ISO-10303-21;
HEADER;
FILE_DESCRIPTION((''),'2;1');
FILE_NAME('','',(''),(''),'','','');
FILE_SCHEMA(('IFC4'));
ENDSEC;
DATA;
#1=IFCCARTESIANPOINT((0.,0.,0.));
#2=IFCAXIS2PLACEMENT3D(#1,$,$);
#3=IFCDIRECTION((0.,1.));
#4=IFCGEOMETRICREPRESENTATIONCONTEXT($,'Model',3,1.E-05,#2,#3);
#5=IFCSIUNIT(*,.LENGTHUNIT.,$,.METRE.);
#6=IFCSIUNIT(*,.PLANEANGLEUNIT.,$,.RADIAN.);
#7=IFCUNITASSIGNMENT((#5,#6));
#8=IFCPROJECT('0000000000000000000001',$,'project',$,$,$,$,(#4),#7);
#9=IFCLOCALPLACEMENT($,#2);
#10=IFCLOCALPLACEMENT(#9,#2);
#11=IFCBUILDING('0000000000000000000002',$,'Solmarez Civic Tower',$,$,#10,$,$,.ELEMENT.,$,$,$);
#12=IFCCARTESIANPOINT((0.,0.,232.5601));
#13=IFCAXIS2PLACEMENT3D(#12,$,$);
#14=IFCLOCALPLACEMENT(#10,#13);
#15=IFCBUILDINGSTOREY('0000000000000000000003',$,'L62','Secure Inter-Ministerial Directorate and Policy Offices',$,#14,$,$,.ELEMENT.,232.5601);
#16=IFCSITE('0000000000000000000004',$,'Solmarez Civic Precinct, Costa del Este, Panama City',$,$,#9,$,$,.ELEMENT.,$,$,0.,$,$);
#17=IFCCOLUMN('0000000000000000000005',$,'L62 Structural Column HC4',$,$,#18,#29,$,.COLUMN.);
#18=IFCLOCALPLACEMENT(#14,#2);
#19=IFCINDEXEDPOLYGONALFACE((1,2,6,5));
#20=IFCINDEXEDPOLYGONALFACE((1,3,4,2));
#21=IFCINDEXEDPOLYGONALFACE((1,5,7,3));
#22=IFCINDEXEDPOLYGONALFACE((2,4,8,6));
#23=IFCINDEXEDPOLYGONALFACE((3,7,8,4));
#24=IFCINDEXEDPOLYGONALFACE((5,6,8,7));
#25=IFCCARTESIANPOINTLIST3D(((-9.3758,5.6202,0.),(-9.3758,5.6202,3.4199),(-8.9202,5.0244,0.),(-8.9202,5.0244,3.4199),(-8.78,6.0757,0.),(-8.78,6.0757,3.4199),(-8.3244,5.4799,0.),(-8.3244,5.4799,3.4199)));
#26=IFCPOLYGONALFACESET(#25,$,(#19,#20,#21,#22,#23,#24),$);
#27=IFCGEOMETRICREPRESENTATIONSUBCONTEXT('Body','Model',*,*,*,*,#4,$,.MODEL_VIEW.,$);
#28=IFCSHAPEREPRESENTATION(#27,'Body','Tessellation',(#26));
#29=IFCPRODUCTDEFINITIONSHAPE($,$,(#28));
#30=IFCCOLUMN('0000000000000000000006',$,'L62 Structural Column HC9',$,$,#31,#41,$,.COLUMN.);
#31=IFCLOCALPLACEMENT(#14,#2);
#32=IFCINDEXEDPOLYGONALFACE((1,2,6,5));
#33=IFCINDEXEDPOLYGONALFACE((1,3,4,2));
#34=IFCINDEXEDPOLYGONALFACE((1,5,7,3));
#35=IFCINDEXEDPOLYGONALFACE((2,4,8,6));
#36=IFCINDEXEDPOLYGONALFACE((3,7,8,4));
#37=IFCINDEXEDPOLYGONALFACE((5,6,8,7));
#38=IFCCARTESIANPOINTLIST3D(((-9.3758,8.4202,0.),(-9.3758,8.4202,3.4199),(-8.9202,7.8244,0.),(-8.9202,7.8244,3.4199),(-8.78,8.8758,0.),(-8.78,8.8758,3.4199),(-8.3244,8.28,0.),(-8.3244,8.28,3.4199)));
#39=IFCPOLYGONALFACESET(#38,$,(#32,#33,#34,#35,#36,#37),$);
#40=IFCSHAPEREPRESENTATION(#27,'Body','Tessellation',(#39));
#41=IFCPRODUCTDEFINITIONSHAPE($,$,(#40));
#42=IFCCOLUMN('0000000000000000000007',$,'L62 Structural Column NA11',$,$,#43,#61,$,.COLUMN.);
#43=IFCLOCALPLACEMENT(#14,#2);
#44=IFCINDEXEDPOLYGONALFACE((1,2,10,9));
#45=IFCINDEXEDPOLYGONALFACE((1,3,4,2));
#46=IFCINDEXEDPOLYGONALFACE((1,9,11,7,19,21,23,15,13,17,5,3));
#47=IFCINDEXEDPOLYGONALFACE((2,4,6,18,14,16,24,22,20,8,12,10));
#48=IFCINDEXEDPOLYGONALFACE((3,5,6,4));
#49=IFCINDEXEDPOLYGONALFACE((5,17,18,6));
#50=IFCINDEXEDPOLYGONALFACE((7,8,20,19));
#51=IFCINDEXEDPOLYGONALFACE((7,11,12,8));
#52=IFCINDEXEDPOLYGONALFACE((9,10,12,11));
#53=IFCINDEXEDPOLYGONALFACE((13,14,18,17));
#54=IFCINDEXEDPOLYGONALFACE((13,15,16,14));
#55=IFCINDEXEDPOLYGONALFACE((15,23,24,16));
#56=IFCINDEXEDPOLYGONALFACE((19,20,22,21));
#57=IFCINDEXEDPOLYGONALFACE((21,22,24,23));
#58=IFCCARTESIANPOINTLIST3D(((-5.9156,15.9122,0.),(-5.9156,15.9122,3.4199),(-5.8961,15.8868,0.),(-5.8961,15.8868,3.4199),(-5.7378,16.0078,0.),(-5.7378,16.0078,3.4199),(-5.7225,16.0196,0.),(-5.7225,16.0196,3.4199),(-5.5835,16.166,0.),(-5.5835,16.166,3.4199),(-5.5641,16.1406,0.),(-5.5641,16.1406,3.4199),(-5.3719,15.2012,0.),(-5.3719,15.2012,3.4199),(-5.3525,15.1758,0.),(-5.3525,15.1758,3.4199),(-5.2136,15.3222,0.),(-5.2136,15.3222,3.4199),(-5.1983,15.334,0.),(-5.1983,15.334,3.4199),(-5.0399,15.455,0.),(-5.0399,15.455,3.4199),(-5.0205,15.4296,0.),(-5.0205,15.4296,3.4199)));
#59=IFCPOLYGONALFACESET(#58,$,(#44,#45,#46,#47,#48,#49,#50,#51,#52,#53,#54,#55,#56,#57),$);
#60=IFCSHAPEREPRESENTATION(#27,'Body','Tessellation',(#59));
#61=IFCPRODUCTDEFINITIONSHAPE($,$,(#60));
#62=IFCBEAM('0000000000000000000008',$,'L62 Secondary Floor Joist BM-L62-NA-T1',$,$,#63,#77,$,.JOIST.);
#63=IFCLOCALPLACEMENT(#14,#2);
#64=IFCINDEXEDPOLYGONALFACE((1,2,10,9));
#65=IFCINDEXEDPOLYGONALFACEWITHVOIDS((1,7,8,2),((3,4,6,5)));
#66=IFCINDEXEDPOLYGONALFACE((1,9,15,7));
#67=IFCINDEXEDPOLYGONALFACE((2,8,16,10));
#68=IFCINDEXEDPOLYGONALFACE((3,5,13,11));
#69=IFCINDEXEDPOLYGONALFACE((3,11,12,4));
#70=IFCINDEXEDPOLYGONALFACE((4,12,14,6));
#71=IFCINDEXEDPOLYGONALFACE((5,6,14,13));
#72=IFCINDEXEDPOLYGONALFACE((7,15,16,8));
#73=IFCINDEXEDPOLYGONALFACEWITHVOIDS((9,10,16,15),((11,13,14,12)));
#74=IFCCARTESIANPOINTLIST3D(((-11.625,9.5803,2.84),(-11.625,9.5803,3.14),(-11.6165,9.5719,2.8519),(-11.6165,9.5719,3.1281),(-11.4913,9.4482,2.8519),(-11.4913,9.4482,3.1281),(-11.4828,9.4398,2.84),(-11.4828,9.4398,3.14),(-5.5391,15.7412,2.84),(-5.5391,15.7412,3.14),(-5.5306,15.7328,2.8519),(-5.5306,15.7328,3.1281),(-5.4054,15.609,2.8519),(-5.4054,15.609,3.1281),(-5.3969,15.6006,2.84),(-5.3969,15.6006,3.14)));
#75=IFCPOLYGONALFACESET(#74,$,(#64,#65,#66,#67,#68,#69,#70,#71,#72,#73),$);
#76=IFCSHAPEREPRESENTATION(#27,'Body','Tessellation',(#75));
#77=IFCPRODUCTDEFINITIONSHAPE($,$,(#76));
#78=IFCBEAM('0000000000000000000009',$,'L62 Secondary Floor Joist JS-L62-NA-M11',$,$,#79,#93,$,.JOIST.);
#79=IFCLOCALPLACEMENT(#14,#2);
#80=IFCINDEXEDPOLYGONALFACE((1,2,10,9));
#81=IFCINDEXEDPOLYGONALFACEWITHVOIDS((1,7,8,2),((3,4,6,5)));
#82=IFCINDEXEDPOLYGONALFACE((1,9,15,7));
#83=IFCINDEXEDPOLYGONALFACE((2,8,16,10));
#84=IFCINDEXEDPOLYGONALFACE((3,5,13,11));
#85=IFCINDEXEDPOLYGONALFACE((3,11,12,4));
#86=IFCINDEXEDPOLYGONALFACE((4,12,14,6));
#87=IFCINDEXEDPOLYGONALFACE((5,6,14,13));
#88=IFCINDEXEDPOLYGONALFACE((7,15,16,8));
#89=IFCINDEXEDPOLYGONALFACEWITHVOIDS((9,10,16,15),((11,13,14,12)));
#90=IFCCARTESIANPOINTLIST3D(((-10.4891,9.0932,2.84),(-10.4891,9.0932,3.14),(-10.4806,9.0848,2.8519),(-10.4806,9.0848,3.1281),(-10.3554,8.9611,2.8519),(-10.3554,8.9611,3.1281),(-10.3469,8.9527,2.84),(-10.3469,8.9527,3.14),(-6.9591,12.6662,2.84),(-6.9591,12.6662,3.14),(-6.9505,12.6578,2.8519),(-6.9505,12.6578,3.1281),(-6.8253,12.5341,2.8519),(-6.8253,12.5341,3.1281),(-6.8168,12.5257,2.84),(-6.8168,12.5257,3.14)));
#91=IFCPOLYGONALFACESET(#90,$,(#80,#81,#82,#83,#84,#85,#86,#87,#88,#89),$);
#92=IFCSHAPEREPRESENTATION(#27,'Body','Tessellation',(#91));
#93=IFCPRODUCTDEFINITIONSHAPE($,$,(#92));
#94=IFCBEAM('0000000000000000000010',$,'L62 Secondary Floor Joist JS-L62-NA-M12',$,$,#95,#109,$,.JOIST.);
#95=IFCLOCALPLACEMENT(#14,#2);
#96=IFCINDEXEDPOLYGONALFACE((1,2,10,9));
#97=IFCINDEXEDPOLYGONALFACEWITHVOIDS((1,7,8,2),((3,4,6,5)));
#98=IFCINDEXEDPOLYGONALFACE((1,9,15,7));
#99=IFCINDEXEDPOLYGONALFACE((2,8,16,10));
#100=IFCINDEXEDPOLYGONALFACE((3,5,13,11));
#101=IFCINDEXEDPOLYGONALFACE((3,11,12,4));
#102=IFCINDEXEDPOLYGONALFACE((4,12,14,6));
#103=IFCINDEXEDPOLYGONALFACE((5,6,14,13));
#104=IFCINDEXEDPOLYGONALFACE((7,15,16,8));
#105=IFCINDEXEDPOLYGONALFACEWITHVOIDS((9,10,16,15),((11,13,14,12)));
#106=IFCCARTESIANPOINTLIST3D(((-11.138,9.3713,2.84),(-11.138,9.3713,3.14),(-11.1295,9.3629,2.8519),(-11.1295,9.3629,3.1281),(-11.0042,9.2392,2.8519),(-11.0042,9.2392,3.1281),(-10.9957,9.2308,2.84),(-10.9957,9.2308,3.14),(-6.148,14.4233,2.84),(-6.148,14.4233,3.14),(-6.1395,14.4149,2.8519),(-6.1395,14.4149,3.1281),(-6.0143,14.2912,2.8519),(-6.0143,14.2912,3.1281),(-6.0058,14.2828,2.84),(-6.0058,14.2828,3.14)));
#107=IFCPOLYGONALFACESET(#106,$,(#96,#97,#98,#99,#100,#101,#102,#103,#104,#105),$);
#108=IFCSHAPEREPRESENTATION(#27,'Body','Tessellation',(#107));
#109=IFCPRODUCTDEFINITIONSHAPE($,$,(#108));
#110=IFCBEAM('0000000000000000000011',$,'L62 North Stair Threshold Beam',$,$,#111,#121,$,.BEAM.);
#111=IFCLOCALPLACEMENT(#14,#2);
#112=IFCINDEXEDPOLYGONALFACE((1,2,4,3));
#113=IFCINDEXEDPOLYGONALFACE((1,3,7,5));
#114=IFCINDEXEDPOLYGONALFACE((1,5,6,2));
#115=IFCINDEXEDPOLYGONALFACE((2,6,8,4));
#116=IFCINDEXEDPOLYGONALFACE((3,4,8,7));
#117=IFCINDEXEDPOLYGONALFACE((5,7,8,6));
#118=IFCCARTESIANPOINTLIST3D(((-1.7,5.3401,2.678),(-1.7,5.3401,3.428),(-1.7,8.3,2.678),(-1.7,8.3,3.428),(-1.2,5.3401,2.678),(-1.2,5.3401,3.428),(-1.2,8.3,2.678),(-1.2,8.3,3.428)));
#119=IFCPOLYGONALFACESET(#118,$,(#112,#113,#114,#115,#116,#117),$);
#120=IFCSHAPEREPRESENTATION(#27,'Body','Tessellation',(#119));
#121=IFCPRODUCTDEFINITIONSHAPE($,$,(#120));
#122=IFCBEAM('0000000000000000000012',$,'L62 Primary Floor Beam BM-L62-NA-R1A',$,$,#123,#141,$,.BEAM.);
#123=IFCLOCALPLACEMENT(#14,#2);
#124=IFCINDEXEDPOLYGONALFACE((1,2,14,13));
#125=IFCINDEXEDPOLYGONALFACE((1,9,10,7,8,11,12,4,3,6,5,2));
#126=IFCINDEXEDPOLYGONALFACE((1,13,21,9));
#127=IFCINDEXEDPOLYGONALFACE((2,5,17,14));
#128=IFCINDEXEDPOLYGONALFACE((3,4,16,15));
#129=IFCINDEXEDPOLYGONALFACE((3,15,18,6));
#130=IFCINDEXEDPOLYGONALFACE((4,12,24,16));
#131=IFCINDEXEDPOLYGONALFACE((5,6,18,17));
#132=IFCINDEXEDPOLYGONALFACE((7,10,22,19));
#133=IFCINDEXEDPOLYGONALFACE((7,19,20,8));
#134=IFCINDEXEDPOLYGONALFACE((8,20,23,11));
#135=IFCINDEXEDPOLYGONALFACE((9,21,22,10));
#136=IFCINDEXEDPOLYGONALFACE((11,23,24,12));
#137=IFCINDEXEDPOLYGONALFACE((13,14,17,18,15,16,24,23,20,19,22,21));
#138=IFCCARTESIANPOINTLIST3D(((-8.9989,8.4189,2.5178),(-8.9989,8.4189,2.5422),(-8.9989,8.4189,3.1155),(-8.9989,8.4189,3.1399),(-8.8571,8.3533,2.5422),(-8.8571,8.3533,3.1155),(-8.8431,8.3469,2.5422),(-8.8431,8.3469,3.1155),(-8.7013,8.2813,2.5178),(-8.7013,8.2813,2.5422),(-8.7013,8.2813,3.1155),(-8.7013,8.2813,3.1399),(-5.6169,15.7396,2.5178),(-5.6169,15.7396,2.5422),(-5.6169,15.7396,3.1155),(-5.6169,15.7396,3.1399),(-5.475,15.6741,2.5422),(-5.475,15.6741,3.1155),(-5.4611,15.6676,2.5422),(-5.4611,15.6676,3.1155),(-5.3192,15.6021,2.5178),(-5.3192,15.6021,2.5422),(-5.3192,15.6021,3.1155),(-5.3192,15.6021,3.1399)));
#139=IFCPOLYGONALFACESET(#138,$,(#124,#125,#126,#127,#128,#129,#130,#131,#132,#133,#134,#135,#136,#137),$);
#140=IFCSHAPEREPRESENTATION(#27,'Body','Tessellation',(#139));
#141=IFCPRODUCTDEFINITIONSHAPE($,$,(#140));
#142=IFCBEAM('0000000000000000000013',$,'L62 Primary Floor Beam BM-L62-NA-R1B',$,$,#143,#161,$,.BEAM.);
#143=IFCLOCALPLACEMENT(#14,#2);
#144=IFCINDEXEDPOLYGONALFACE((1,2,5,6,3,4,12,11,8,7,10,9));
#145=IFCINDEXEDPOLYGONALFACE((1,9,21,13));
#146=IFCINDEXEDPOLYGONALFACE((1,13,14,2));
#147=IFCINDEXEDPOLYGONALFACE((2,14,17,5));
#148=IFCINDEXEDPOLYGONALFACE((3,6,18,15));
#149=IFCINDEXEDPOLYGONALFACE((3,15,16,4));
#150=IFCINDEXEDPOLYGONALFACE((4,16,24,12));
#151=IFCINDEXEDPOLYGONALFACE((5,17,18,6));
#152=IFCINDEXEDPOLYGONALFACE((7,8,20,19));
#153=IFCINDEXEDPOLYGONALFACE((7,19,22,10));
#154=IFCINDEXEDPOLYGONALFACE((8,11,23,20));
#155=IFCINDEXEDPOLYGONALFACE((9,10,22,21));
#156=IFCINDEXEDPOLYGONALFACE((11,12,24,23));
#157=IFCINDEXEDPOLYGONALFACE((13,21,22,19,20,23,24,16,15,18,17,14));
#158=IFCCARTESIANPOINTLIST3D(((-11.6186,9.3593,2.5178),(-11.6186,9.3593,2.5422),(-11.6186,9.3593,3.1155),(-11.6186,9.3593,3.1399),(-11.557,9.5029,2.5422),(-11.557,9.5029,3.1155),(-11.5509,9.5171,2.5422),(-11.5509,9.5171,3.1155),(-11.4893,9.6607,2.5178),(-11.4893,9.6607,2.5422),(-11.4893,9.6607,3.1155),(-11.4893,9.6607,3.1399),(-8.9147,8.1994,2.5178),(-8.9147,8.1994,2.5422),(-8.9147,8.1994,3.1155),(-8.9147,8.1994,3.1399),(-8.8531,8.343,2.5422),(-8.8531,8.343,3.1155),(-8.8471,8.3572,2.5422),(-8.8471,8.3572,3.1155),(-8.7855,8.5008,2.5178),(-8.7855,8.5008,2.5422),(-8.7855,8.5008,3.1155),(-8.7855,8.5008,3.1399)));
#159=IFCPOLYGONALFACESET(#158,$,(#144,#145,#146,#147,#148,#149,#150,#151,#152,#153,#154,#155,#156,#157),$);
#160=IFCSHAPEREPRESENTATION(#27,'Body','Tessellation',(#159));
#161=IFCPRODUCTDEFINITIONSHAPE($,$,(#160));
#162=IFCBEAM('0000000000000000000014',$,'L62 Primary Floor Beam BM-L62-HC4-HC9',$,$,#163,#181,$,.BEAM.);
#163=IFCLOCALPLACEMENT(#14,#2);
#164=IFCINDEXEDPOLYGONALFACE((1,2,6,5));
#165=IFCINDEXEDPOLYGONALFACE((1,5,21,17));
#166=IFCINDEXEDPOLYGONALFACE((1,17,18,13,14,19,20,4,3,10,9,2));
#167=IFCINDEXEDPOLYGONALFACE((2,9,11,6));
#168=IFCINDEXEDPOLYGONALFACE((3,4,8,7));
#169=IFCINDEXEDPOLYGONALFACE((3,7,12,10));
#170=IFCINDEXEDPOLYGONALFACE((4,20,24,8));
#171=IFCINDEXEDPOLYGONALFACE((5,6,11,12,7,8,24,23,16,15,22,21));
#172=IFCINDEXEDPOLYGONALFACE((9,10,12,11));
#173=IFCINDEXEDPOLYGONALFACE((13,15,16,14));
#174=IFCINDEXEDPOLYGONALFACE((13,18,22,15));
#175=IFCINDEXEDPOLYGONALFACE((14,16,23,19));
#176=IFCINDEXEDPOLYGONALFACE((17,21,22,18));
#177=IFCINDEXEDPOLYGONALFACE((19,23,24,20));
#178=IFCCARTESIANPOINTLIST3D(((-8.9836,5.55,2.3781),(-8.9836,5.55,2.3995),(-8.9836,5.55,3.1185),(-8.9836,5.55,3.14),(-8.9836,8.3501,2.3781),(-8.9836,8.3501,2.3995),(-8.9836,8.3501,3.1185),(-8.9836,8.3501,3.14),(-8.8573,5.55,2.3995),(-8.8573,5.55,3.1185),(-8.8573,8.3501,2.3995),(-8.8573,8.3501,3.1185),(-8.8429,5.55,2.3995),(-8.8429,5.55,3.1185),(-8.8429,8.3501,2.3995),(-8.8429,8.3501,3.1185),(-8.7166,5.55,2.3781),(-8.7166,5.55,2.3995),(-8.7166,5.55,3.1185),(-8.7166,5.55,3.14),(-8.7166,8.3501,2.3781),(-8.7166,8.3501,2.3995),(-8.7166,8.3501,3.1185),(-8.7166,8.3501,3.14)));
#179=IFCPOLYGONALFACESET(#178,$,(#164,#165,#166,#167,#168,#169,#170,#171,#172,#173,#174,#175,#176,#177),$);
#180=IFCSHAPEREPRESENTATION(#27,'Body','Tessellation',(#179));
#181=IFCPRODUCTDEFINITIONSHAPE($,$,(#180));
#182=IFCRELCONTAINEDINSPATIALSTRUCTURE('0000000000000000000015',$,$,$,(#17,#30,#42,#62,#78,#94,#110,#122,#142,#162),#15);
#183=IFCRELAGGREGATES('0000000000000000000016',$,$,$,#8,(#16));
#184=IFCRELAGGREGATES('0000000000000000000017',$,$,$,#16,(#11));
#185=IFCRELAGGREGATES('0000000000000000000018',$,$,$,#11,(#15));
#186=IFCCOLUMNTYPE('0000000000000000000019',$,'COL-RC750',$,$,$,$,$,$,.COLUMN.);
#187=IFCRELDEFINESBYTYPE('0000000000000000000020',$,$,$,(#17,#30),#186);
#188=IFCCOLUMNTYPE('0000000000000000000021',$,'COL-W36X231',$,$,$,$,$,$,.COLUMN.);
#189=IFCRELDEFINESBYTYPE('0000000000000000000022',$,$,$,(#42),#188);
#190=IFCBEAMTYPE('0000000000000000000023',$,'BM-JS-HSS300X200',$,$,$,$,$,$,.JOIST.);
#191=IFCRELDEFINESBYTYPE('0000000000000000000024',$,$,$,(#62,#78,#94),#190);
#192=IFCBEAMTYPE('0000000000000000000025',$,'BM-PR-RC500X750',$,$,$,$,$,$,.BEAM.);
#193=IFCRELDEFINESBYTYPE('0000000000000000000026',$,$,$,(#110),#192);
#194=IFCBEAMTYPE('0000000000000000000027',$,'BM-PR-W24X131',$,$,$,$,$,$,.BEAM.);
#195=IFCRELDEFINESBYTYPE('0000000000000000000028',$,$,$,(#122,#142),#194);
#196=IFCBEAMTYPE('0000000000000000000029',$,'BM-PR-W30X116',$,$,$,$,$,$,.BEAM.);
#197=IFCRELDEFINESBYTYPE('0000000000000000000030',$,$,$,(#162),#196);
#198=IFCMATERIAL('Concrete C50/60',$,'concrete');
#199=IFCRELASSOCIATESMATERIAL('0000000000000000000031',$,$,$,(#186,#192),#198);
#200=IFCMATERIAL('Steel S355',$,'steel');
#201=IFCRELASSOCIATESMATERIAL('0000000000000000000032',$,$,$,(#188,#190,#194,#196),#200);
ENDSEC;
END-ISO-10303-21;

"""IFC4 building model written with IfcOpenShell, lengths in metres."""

from ifc_helpers import new_model, si_unit, direction, frame, origin, origin_2d, place, context, subcontext, project, spatial, rectangle, hollow_rectangle, i_section, extrude, material, material_profile, profile_set, type_object, element, save


model = new_model("IFC4")

# Units and contexts
model_context = context("Model", 3, precision=1e-05, world=origin(), true_north=direction((0.0, 1.0)))
body_context = subcontext(model_context, "Body", "Model", "MODEL_VIEW")
ifc_project = project(units=[si_unit("LENGTHUNIT", "METRE"), si_unit("PLANEANGLEUNIT", "RADIAN")], contexts=[model_context])

# Site, building, storey
site_placement = place(None, origin())
site = spatial("IfcSite", under=ifc_project, at=site_placement, Name="Solmarez Civic Precinct, Costa del Este, Panama City", CompositionType="ELEMENT", RefElevation=0.0)
building_placement = place(site_placement, origin())
building = spatial("IfcBuilding", under=site, at=building_placement, Name="Solmarez Civic Tower", CompositionType="ELEMENT")
storey_placement = place(building_placement, frame((0.0, 0.0, 232.5601)))
storey = spatial("IfcBuildingStorey", under=building, at=storey_placement, Name="L62", Description="Secure Inter-Ministerial Directorate and Policy Offices", CompositionType="ELEMENT", Elevation=232.5601)

# Columns
ifc_material_1 = material(Name="Concrete C50/60", Category="concrete")
ifc_material_profile_1 = material_profile(ifc_material_1, rectangle(XDim=0.75, YDim=0.75, at=origin_2d()), Name="RC750X750")
ifc_profile_set_1 = profile_set([ifc_material_profile_1], Name="Concrete C50/60")
column_type_1 = type_object("IfcColumnType", Name="COL-RC750", PredefinedType="COLUMN", material=ifc_profile_set_1)
for number, where, z_axis, x_axis, name in (
    (1, (-8.8501, 5.55, 0.0), (0.0, 0.0, 1.0), (0.794415, 0.607376, 0.0), "L62 Structural Column HC4"),
    (2, (-8.8501, 8.3501, 0.0), (0.0, 0.0, 1.0), (0.794415, 0.607376, 0.0), "L62 Structural Column HC9"),
):
    element("IfcColumn", number, at=place(storey_placement, frame(where, z_axis=z_axis, x_axis=x_axis)), inside=storey, type_object=column_type_1, Name=name, PredefinedType="COLUMN", context=body_context, shape_type="SweptSolid", body=[
        extrude(rectangle(XDim=0.75, YDim=0.75, at=origin_2d()), origin(), (0.0, 0.0, 1.0), 3.4199),
    ])
ifc_material_2 = material(Name="Steel S355", Category="steel")
ifc_material_profile_2 = material_profile(ifc_material_2, i_section(OverallWidth=0.418, OverallDepth=0.927, WebThickness=0.0193, FlangeThickness=0.032, at=origin_2d()), Name="W36X231")
ifc_profile_set_2 = profile_set([ifc_material_profile_2], Name="Steel S355")
column_type_2 = type_object("IfcColumnType", Name="COL-W36X231", PredefinedType="COLUMN", material=ifc_profile_set_2)
column_placement = place(storey_placement, frame((-5.468, 15.6709, 0.0), z_axis=(0.0, 0.0, 1.0), x_axis=(0.794415, 0.607376, 0.0)))
element("IfcColumn", 3, at=column_placement, inside=storey, type_object=column_type_2, Name="L62 Structural Column NA11", PredefinedType="COLUMN", context=body_context, shape_type="SweptSolid", body=[
    extrude(i_section(OverallWidth=0.418, OverallDepth=0.927, WebThickness=0.0193, FlangeThickness=0.032, at=origin_2d()), origin(), (0.0, 0.0, 1.0), 3.4199),
])

# Beams
ifc_material_profile_3 = material_profile(ifc_material_2, hollow_rectangle(XDim=0.2, YDim=0.3, WallThickness=0.012, at=origin_2d()), Name="HSS300X200X12")
ifc_profile_set_3 = profile_set([ifc_material_profile_3], Name="Steel S355")
beam_type_1 = type_object("IfcBeamType", Name="BM-JS-HSS300X200", PredefinedType="JOIST", material=ifc_profile_set_3)
beam_1_placement = place(storey_placement, frame((-5.468, 15.6709, 2.99), z_axis=(-0.702766, -0.711421, 0.0), x_axis=(0.711421, -0.702766, 0.0)))
element("IfcBeam", 4, at=beam_1_placement, inside=storey, type_object=beam_type_1, Name="L62 Secondary Floor Joist BM-L62-NA-T1", PredefinedType="JOIST", context=body_context, shape_type="SweptSolid", body=[
    extrude(hollow_rectangle(XDim=0.2, YDim=0.3, WallThickness=0.012, at=origin_2d()), origin(), (0.0, 0.0, 1.0), 8.6599),
])
beam_2_placement = place(storey_placement, frame((-6.8879, 12.5959, 2.99), z_axis=(-0.702816, -0.711371, 0.0), x_axis=(0.711371, -0.702816, 0.0)))
element("IfcBeam", 5, at=beam_2_placement, inside=storey, type_object=beam_type_1, Name="L62 Secondary Floor Joist JS-L62-NA-M11", PredefinedType="JOIST", context=body_context, shape_type="SweptSolid", body=[
    extrude(hollow_rectangle(XDim=0.2, YDim=0.3, WallThickness=0.012, at=origin_2d()), origin(), (0.0, 0.0, 1.0), 5.0227),
])
beam_3_placement = place(storey_placement, frame((-6.0769, 14.353, 2.99), z_axis=(-0.702727, -0.71146, 0.0), x_axis=(0.71146, -0.702727, 0.0)))
element("IfcBeam", 6, at=beam_3_placement, inside=storey, type_object=beam_type_1, Name="L62 Secondary Floor Joist JS-L62-NA-M12", PredefinedType="JOIST", context=body_context, shape_type="SweptSolid", body=[
    extrude(hollow_rectangle(XDim=0.2, YDim=0.3, WallThickness=0.012, at=origin_2d()), origin(), (0.0, 0.0, 1.0), 7.1008),
])
ifc_material_profile_4 = material_profile(ifc_material_1, rectangle(XDim=0.5, YDim=0.75, at=origin_2d()), Name="RC500X750")
ifc_profile_set_4 = profile_set([ifc_material_profile_4], Name="Concrete C50/60")
beam_type_2 = type_object("IfcBeamType", Name="BM-PR-RC500X750", PredefinedType="BEAM", material=ifc_profile_set_4)
beam_4_placement = place(storey_placement, frame((-1.45, 5.3401, 3.053), z_axis=(0.0, 1.0, 0.0), x_axis=(-1.0, 0.0, 0.0)))
element("IfcBeam", 7, at=beam_4_placement, inside=storey, type_object=beam_type_2, Name="L62 North Stair Threshold Beam", PredefinedType="BEAM", context=body_context, shape_type="SweptSolid", body=[
    extrude(rectangle(XDim=0.5, YDim=0.75, at=origin_2d()), origin(), (0.0, 0.0, 1.0), 2.96),
])
ifc_material_profile_5 = material_profile(ifc_material_2, i_section(OverallWidth=0.3279, OverallDepth=0.6221, WebThickness=0.0154, FlangeThickness=0.0244, at=origin_2d()), Name="W24X131")
ifc_profile_set_5 = profile_set([ifc_material_profile_5], Name="Steel S355")
beam_type_3 = type_object("IfcBeamType", Name="BM-PR-W24X131", PredefinedType="BEAM", material=ifc_profile_set_5)
beam_5_placement = place(storey_placement, frame((-8.8501, 8.3501, 2.8289), z_axis=(0.41939, 0.907806, 0.0), x_axis=(-0.907806, 0.41939, 0.0)))
element("IfcBeam", 8, at=beam_5_placement, inside=storey, type_object=beam_type_3, Name="L62 Primary Floor Beam BM-L62-NA-R1A", PredefinedType="BEAM", context=body_context, shape_type="SweptSolid", body=[
    extrude(i_section(OverallWidth=0.3279, OverallDepth=0.6221, WebThickness=0.0154, FlangeThickness=0.0244, at=origin_2d()), origin(), (0.0, 0.0, 1.0), 8.0642),
])
beam_6_placement = place(storey_placement, frame((-8.8501, 8.3501, 2.8289), z_axis=(-0.919008, 0.39424, 0.0), x_axis=(-0.39424, -0.919008, 0.0)))
element("IfcBeam", 9, at=beam_6_placement, inside=storey, type_object=beam_type_3, Name="L62 Primary Floor Beam BM-L62-NA-R1B", PredefinedType="BEAM", context=body_context, shape_type="SweptSolid", body=[
    extrude(i_section(OverallWidth=0.3279, OverallDepth=0.6221, WebThickness=0.0154, FlangeThickness=0.0244, at=origin_2d()), origin(), (0.0, 0.0, 1.0), 2.9421),
])
ifc_material_profile_6 = material_profile(ifc_material_2, i_section(OverallWidth=0.2671, OverallDepth=0.762, WebThickness=0.0144, FlangeThickness=0.0215, at=origin_2d()), Name="W30X116")
ifc_profile_set_6 = profile_set([ifc_material_profile_6], Name="Steel S355")
beam_type_4 = type_object("IfcBeamType", Name="BM-PR-W30X116", PredefinedType="BEAM", material=ifc_profile_set_6)
beam_7_placement = place(storey_placement, frame((-8.8501, 5.55, 2.759), z_axis=(0.0, 1.0, 0.0), x_axis=(-1.0, 0.0, 0.0)))
element("IfcBeam", 10, at=beam_7_placement, inside=storey, type_object=beam_type_4, Name="L62 Primary Floor Beam BM-L62-HC4-HC9", PredefinedType="BEAM", context=body_context, shape_type="SweptSolid", body=[
    extrude(i_section(OverallWidth=0.2671, OverallDepth=0.762, WebThickness=0.0144, FlangeThickness=0.0215, at=origin_2d()), origin(), (0.0, 0.0, 1.0), 2.8),
])

save(model, "model.ifc")
